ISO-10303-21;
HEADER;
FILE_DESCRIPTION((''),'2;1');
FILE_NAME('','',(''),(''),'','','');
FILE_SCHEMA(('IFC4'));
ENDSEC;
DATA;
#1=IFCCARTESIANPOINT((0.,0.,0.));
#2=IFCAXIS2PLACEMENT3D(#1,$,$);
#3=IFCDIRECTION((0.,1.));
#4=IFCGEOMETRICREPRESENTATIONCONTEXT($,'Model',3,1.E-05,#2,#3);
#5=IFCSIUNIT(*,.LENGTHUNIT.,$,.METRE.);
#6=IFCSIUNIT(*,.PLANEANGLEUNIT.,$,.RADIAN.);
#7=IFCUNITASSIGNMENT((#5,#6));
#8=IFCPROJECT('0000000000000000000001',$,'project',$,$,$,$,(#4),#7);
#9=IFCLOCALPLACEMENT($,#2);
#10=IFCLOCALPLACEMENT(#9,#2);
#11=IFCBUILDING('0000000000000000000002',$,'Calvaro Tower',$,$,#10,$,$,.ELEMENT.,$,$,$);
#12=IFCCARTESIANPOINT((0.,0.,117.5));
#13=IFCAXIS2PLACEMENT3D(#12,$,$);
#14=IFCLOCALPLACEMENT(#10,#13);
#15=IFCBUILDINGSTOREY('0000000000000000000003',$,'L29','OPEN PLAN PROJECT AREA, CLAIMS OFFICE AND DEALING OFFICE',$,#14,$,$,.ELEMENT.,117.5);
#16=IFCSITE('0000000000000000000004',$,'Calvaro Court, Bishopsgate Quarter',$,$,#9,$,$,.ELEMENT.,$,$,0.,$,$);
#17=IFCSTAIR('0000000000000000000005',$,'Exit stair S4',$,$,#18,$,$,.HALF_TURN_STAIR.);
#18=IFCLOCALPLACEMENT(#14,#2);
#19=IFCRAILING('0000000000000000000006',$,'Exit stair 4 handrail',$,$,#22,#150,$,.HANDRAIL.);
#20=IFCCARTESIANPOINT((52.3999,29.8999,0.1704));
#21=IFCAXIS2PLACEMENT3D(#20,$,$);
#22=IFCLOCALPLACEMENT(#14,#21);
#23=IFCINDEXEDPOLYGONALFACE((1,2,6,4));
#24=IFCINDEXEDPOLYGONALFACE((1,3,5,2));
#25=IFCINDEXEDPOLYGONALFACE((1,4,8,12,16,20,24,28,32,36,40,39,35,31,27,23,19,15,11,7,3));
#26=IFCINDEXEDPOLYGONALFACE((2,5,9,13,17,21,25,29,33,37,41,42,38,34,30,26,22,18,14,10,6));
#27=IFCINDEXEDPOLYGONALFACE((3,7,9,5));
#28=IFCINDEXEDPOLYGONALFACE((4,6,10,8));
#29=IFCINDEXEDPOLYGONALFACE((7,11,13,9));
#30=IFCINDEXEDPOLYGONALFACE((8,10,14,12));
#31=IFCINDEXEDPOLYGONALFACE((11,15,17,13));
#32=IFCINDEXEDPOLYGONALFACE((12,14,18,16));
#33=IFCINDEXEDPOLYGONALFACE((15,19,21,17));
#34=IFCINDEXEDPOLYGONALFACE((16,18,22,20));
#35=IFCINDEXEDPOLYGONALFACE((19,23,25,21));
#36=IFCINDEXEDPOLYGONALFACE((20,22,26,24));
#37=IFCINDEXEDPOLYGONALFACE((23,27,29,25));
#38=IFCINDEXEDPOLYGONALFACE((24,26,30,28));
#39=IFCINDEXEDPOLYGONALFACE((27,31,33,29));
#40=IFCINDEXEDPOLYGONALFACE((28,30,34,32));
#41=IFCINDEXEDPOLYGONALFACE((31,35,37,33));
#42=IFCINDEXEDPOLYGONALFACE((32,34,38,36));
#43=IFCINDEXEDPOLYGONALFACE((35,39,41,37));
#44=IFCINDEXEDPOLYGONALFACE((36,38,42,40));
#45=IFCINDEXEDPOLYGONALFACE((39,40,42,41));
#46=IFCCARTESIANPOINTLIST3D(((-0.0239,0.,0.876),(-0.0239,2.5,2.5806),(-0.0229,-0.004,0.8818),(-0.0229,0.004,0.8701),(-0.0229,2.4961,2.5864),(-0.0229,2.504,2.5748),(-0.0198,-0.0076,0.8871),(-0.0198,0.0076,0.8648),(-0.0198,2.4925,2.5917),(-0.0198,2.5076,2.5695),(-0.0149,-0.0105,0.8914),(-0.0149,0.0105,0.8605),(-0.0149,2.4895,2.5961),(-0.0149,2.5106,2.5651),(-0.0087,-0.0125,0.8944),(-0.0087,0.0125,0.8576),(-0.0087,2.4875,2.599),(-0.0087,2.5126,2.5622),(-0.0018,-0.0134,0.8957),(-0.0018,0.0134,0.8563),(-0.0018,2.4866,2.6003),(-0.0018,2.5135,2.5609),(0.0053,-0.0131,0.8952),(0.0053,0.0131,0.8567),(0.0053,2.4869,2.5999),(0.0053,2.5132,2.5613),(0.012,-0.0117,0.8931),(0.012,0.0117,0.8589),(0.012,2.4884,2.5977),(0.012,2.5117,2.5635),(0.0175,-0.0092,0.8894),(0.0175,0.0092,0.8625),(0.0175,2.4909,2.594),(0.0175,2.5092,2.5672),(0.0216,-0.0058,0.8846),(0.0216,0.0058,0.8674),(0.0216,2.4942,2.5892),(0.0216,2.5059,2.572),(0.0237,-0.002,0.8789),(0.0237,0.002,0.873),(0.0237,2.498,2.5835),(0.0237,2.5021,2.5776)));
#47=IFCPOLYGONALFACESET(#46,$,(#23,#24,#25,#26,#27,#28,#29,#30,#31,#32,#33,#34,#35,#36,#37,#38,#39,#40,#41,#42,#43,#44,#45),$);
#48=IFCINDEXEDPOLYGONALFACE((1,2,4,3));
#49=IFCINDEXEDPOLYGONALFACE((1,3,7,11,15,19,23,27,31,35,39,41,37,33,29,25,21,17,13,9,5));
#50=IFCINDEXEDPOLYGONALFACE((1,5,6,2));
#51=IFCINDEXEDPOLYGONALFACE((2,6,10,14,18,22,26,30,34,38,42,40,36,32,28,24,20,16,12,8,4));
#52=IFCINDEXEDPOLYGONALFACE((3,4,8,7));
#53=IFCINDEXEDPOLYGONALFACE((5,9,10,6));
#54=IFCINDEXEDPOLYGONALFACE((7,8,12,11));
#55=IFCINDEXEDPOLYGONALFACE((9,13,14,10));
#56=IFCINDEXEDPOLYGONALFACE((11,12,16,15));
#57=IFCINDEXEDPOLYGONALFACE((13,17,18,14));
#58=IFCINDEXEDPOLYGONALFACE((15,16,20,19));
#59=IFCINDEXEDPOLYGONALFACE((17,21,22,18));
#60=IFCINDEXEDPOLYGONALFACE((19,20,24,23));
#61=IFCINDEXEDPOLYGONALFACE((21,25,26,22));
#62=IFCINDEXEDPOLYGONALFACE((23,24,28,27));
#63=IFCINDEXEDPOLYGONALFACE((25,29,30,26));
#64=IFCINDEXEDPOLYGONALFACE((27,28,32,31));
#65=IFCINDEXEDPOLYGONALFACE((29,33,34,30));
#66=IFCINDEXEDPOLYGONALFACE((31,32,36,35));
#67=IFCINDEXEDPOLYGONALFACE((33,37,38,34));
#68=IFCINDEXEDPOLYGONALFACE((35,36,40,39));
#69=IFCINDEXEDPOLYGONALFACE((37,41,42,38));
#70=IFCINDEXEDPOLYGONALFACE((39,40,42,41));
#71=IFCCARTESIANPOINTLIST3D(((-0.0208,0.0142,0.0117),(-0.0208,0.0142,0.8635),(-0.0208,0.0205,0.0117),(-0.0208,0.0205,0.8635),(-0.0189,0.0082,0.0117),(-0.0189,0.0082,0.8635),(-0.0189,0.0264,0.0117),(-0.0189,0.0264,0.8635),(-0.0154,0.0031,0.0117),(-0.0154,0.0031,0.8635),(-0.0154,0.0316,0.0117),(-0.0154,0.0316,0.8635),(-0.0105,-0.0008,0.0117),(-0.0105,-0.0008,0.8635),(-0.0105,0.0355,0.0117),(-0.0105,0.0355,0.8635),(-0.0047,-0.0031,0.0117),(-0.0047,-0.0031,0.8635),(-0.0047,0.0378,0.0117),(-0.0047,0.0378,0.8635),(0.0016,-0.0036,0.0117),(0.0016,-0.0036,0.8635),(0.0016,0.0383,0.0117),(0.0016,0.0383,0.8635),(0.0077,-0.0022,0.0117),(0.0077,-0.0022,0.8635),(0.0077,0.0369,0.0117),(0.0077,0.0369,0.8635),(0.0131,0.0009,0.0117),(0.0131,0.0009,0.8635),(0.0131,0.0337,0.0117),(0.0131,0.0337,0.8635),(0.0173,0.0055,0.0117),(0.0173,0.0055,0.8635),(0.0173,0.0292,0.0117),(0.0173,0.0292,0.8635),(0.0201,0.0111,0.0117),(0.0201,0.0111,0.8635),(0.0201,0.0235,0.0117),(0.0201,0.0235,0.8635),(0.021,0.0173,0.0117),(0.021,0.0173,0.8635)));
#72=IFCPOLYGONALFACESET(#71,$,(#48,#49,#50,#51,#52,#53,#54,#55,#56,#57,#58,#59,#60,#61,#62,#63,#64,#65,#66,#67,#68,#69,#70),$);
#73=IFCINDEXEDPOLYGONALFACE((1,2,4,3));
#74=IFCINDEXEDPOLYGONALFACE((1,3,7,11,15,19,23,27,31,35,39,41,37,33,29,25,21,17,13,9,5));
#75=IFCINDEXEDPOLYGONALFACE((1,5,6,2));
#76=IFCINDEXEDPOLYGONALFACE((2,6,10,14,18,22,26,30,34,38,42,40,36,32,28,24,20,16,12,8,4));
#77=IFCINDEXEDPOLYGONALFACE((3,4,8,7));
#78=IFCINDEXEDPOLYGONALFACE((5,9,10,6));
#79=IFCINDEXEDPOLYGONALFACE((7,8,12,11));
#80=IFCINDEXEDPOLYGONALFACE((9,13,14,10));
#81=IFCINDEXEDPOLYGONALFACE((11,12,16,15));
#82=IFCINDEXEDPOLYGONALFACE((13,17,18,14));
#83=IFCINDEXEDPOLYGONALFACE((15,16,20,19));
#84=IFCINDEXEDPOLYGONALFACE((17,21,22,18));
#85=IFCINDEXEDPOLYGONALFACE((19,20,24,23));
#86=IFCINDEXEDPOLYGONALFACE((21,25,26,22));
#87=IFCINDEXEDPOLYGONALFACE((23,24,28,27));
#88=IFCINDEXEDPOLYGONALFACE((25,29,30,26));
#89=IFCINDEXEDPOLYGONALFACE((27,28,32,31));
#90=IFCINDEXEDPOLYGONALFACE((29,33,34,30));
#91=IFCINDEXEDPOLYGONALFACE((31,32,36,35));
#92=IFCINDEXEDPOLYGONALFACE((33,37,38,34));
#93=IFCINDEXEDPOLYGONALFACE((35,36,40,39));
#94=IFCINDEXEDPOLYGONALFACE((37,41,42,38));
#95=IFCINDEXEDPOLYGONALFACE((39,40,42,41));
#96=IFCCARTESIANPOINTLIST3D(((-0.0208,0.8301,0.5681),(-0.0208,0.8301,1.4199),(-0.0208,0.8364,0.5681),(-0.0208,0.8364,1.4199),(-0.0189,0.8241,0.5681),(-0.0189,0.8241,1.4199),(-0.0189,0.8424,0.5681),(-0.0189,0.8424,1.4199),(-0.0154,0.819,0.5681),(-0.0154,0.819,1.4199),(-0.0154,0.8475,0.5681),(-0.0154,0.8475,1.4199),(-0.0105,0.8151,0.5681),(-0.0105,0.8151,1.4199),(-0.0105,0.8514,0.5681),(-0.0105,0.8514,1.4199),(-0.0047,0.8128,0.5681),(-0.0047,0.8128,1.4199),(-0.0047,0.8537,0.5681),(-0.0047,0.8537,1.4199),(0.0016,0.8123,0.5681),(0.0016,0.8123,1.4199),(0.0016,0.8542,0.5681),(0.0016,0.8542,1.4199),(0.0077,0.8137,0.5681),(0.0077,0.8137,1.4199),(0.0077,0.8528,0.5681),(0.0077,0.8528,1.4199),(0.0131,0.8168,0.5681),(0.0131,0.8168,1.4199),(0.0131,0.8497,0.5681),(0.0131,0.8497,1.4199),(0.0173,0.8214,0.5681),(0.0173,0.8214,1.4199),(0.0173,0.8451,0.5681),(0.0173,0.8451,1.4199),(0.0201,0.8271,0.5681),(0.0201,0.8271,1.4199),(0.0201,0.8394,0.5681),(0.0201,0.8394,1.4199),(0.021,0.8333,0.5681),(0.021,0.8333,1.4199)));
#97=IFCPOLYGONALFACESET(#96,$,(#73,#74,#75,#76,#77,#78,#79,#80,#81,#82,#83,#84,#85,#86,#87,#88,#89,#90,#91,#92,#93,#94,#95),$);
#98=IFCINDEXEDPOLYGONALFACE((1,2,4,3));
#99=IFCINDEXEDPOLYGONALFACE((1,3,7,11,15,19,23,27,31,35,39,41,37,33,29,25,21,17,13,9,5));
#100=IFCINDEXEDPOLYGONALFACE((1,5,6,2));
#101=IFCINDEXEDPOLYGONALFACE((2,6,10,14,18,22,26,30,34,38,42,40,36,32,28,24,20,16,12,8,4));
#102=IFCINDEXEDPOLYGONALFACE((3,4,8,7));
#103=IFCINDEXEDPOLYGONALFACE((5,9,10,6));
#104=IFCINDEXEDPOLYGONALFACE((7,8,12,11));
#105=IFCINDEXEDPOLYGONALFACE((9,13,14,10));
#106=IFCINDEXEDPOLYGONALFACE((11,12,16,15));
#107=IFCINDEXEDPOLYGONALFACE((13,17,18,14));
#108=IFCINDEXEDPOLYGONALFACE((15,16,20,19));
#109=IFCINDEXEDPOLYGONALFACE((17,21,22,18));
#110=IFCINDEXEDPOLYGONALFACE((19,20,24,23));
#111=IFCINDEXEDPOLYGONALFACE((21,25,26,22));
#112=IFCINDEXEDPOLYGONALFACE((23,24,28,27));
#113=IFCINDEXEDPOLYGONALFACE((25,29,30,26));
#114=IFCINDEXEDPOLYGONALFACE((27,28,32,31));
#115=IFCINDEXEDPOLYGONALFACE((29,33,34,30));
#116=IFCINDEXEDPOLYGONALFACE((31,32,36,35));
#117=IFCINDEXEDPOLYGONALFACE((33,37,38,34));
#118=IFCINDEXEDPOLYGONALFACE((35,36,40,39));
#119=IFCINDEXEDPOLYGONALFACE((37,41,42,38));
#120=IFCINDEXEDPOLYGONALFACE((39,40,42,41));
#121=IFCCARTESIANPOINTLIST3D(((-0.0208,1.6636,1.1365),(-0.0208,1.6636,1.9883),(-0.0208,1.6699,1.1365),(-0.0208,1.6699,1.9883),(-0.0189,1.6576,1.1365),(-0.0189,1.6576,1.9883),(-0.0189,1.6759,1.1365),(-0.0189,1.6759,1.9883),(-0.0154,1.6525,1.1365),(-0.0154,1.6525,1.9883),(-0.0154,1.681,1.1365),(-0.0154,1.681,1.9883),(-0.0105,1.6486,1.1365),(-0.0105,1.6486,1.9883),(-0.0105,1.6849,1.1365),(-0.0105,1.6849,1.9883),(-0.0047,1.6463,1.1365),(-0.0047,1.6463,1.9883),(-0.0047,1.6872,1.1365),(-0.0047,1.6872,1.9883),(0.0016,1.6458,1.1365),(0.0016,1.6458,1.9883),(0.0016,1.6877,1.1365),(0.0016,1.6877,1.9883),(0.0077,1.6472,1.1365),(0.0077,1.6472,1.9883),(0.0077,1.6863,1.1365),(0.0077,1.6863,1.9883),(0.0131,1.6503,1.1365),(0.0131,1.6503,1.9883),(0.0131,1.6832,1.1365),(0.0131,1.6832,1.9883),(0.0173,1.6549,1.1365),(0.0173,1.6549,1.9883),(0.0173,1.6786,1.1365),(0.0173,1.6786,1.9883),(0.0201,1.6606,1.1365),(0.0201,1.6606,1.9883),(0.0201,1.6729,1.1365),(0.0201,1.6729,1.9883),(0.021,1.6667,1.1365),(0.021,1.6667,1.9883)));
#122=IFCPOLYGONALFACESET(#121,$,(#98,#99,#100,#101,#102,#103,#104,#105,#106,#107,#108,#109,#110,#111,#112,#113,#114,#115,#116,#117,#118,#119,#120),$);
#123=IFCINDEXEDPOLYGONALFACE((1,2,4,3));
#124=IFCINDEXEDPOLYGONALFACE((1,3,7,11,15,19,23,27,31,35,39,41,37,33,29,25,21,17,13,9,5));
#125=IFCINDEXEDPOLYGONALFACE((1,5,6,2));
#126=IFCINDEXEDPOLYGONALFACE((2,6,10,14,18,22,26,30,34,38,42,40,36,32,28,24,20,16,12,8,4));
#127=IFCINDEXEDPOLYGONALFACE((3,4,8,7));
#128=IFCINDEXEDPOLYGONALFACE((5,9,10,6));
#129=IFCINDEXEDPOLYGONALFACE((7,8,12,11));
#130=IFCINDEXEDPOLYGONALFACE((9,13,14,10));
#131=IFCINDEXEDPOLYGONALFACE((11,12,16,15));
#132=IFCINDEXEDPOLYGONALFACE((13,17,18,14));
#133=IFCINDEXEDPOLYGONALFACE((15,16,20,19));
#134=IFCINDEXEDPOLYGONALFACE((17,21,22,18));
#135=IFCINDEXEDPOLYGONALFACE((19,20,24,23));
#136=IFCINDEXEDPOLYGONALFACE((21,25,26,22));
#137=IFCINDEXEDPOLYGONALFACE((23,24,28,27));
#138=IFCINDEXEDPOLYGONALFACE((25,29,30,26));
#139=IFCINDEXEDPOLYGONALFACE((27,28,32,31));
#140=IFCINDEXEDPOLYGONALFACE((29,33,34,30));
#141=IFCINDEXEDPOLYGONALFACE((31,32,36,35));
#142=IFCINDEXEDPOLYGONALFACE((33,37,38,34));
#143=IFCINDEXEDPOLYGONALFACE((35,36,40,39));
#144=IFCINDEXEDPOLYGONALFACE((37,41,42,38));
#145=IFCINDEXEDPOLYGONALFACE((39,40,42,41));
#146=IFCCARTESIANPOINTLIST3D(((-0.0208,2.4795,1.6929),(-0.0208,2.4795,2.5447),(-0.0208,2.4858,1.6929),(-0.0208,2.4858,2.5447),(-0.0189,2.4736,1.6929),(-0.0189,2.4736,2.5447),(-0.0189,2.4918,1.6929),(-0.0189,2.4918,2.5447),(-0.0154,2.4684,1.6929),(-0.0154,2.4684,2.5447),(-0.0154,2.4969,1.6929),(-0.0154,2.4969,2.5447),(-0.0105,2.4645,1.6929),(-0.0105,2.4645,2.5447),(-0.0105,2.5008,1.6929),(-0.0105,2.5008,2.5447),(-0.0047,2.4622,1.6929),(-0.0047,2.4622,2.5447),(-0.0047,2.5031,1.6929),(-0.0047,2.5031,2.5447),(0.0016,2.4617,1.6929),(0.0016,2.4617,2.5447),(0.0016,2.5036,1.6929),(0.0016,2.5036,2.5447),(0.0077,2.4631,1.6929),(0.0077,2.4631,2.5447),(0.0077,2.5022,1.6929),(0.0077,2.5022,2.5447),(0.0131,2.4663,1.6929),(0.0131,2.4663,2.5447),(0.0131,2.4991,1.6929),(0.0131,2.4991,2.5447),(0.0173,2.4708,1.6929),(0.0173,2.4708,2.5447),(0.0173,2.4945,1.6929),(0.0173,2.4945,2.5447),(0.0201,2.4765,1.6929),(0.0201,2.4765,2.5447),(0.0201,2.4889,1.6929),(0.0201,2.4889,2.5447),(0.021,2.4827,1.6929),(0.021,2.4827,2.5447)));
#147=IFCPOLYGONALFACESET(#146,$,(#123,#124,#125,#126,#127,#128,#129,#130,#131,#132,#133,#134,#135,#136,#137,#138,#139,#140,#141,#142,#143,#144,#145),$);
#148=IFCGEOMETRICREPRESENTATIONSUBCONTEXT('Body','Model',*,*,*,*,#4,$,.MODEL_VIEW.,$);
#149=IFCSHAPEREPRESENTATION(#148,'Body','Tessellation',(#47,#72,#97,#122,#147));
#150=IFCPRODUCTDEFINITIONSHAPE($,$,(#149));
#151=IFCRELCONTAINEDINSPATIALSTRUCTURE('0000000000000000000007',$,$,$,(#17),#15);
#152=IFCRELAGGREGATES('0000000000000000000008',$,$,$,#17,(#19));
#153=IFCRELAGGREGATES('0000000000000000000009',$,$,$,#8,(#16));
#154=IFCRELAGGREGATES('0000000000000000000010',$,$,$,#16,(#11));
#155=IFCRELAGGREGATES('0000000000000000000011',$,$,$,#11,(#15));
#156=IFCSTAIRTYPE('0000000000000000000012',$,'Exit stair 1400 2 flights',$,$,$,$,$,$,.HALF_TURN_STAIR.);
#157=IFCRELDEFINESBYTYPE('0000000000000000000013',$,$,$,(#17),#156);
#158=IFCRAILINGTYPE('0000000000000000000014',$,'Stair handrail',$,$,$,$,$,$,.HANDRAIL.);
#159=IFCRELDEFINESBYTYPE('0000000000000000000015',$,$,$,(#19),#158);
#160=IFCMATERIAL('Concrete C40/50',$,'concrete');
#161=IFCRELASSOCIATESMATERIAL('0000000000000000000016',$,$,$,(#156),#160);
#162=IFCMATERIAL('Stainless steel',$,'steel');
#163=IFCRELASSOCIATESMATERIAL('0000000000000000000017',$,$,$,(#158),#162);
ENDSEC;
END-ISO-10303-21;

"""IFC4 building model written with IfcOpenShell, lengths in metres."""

from ifc_helpers import new_model, si_unit, direction, frame, origin, origin_2d, place, context, subcontext, project, spatial, circle, extrude, material, type_object, element, aggregate, save


model = new_model("IFC4")

# Units and contexts
model_context = context("Model", 3, precision=1e-05, world=origin(), true_north=direction((0.0, 1.0)))
body_context = subcontext(model_context, "Body", "Model", "MODEL_VIEW")
ifc_project = project(units=[si_unit("LENGTHUNIT", "METRE"), si_unit("PLANEANGLEUNIT", "RADIAN")], contexts=[model_context])

# Site, building, storey
site_placement = place(None, origin())
site = spatial("IfcSite", under=ifc_project, at=site_placement, Name="Calvaro Court, Bishopsgate Quarter", CompositionType="ELEMENT", RefElevation=0.0)
building_placement = place(site_placement, origin())
building = spatial("IfcBuilding", under=site, at=building_placement, Name="Calvaro Tower", CompositionType="ELEMENT")
storey_placement = place(building_placement, frame((0.0, 0.0, 117.5)))
storey = spatial("IfcBuildingStorey", under=building, at=storey_placement, Name="L29", Description="OPEN PLAN PROJECT AREA, CLAIMS OFFICE AND DEALING OFFICE", CompositionType="ELEMENT", Elevation=117.5)

# Shared definitions
ifc_material_1 = material(Name="Concrete C40/50", Category="concrete")
stair_type = type_object("IfcStairType", Name="Exit stair 1400 2 flights", PredefinedType="HALF_TURN_STAIR", material=ifc_material_1)

# Stair, railing
stair_1_placement = place(storey_placement, origin())
stair_1 = element("IfcStair", 1, at=stair_1_placement, inside=storey, type_object=stair_type, Name="Exit stair S4", PredefinedType="HALF_TURN_STAIR")
ifc_material_2 = material(Name="Stainless steel", Category="steel")
railing_type = type_object("IfcRailingType", Name="Stair handrail", PredefinedType="HANDRAIL", material=ifc_material_2)
railing_1_placement = place(storey_placement, frame((52.3999, 29.8999, 0.1704)))
railing_1 = element("IfcRailing", 2, at=railing_1_placement, type_object=railing_type, Name="Exit stair 4 handrail", PredefinedType="HANDRAIL", context=body_context, shape_type="SweptSolid", body=[
    extrude(circle(Radius=0.0239, at=origin_2d()), frame((0.0, 0.0, 0.876), z_axis=(0.0, 0.826221, 0.563347), x_axis=(-1.0, 0.0, 0.0)), (0.0, 0.0, 1.0), 3.0259),
    extrude(circle(Radius=0.021, at=origin_2d()), frame((0.0, 0.0173, 0.0117)), (0.0, 0.0, 1.0), 0.8518),
    extrude(circle(Radius=0.021, at=origin_2d()), frame((0.0, 0.8333, 0.5681)), (0.0, 0.0, 1.0), 0.8518),
    extrude(circle(Radius=0.021, at=origin_2d()), frame((0.0, 1.6667, 1.1365)), (0.0, 0.0, 1.0), 0.8518),
    extrude(circle(Radius=0.021, at=origin_2d()), frame((0.0, 2.4827, 1.6929)), (0.0, 0.0, 1.0), 0.8518),
])
aggregate(stair_1, [railing_1])

save(model, "model.ifc")
